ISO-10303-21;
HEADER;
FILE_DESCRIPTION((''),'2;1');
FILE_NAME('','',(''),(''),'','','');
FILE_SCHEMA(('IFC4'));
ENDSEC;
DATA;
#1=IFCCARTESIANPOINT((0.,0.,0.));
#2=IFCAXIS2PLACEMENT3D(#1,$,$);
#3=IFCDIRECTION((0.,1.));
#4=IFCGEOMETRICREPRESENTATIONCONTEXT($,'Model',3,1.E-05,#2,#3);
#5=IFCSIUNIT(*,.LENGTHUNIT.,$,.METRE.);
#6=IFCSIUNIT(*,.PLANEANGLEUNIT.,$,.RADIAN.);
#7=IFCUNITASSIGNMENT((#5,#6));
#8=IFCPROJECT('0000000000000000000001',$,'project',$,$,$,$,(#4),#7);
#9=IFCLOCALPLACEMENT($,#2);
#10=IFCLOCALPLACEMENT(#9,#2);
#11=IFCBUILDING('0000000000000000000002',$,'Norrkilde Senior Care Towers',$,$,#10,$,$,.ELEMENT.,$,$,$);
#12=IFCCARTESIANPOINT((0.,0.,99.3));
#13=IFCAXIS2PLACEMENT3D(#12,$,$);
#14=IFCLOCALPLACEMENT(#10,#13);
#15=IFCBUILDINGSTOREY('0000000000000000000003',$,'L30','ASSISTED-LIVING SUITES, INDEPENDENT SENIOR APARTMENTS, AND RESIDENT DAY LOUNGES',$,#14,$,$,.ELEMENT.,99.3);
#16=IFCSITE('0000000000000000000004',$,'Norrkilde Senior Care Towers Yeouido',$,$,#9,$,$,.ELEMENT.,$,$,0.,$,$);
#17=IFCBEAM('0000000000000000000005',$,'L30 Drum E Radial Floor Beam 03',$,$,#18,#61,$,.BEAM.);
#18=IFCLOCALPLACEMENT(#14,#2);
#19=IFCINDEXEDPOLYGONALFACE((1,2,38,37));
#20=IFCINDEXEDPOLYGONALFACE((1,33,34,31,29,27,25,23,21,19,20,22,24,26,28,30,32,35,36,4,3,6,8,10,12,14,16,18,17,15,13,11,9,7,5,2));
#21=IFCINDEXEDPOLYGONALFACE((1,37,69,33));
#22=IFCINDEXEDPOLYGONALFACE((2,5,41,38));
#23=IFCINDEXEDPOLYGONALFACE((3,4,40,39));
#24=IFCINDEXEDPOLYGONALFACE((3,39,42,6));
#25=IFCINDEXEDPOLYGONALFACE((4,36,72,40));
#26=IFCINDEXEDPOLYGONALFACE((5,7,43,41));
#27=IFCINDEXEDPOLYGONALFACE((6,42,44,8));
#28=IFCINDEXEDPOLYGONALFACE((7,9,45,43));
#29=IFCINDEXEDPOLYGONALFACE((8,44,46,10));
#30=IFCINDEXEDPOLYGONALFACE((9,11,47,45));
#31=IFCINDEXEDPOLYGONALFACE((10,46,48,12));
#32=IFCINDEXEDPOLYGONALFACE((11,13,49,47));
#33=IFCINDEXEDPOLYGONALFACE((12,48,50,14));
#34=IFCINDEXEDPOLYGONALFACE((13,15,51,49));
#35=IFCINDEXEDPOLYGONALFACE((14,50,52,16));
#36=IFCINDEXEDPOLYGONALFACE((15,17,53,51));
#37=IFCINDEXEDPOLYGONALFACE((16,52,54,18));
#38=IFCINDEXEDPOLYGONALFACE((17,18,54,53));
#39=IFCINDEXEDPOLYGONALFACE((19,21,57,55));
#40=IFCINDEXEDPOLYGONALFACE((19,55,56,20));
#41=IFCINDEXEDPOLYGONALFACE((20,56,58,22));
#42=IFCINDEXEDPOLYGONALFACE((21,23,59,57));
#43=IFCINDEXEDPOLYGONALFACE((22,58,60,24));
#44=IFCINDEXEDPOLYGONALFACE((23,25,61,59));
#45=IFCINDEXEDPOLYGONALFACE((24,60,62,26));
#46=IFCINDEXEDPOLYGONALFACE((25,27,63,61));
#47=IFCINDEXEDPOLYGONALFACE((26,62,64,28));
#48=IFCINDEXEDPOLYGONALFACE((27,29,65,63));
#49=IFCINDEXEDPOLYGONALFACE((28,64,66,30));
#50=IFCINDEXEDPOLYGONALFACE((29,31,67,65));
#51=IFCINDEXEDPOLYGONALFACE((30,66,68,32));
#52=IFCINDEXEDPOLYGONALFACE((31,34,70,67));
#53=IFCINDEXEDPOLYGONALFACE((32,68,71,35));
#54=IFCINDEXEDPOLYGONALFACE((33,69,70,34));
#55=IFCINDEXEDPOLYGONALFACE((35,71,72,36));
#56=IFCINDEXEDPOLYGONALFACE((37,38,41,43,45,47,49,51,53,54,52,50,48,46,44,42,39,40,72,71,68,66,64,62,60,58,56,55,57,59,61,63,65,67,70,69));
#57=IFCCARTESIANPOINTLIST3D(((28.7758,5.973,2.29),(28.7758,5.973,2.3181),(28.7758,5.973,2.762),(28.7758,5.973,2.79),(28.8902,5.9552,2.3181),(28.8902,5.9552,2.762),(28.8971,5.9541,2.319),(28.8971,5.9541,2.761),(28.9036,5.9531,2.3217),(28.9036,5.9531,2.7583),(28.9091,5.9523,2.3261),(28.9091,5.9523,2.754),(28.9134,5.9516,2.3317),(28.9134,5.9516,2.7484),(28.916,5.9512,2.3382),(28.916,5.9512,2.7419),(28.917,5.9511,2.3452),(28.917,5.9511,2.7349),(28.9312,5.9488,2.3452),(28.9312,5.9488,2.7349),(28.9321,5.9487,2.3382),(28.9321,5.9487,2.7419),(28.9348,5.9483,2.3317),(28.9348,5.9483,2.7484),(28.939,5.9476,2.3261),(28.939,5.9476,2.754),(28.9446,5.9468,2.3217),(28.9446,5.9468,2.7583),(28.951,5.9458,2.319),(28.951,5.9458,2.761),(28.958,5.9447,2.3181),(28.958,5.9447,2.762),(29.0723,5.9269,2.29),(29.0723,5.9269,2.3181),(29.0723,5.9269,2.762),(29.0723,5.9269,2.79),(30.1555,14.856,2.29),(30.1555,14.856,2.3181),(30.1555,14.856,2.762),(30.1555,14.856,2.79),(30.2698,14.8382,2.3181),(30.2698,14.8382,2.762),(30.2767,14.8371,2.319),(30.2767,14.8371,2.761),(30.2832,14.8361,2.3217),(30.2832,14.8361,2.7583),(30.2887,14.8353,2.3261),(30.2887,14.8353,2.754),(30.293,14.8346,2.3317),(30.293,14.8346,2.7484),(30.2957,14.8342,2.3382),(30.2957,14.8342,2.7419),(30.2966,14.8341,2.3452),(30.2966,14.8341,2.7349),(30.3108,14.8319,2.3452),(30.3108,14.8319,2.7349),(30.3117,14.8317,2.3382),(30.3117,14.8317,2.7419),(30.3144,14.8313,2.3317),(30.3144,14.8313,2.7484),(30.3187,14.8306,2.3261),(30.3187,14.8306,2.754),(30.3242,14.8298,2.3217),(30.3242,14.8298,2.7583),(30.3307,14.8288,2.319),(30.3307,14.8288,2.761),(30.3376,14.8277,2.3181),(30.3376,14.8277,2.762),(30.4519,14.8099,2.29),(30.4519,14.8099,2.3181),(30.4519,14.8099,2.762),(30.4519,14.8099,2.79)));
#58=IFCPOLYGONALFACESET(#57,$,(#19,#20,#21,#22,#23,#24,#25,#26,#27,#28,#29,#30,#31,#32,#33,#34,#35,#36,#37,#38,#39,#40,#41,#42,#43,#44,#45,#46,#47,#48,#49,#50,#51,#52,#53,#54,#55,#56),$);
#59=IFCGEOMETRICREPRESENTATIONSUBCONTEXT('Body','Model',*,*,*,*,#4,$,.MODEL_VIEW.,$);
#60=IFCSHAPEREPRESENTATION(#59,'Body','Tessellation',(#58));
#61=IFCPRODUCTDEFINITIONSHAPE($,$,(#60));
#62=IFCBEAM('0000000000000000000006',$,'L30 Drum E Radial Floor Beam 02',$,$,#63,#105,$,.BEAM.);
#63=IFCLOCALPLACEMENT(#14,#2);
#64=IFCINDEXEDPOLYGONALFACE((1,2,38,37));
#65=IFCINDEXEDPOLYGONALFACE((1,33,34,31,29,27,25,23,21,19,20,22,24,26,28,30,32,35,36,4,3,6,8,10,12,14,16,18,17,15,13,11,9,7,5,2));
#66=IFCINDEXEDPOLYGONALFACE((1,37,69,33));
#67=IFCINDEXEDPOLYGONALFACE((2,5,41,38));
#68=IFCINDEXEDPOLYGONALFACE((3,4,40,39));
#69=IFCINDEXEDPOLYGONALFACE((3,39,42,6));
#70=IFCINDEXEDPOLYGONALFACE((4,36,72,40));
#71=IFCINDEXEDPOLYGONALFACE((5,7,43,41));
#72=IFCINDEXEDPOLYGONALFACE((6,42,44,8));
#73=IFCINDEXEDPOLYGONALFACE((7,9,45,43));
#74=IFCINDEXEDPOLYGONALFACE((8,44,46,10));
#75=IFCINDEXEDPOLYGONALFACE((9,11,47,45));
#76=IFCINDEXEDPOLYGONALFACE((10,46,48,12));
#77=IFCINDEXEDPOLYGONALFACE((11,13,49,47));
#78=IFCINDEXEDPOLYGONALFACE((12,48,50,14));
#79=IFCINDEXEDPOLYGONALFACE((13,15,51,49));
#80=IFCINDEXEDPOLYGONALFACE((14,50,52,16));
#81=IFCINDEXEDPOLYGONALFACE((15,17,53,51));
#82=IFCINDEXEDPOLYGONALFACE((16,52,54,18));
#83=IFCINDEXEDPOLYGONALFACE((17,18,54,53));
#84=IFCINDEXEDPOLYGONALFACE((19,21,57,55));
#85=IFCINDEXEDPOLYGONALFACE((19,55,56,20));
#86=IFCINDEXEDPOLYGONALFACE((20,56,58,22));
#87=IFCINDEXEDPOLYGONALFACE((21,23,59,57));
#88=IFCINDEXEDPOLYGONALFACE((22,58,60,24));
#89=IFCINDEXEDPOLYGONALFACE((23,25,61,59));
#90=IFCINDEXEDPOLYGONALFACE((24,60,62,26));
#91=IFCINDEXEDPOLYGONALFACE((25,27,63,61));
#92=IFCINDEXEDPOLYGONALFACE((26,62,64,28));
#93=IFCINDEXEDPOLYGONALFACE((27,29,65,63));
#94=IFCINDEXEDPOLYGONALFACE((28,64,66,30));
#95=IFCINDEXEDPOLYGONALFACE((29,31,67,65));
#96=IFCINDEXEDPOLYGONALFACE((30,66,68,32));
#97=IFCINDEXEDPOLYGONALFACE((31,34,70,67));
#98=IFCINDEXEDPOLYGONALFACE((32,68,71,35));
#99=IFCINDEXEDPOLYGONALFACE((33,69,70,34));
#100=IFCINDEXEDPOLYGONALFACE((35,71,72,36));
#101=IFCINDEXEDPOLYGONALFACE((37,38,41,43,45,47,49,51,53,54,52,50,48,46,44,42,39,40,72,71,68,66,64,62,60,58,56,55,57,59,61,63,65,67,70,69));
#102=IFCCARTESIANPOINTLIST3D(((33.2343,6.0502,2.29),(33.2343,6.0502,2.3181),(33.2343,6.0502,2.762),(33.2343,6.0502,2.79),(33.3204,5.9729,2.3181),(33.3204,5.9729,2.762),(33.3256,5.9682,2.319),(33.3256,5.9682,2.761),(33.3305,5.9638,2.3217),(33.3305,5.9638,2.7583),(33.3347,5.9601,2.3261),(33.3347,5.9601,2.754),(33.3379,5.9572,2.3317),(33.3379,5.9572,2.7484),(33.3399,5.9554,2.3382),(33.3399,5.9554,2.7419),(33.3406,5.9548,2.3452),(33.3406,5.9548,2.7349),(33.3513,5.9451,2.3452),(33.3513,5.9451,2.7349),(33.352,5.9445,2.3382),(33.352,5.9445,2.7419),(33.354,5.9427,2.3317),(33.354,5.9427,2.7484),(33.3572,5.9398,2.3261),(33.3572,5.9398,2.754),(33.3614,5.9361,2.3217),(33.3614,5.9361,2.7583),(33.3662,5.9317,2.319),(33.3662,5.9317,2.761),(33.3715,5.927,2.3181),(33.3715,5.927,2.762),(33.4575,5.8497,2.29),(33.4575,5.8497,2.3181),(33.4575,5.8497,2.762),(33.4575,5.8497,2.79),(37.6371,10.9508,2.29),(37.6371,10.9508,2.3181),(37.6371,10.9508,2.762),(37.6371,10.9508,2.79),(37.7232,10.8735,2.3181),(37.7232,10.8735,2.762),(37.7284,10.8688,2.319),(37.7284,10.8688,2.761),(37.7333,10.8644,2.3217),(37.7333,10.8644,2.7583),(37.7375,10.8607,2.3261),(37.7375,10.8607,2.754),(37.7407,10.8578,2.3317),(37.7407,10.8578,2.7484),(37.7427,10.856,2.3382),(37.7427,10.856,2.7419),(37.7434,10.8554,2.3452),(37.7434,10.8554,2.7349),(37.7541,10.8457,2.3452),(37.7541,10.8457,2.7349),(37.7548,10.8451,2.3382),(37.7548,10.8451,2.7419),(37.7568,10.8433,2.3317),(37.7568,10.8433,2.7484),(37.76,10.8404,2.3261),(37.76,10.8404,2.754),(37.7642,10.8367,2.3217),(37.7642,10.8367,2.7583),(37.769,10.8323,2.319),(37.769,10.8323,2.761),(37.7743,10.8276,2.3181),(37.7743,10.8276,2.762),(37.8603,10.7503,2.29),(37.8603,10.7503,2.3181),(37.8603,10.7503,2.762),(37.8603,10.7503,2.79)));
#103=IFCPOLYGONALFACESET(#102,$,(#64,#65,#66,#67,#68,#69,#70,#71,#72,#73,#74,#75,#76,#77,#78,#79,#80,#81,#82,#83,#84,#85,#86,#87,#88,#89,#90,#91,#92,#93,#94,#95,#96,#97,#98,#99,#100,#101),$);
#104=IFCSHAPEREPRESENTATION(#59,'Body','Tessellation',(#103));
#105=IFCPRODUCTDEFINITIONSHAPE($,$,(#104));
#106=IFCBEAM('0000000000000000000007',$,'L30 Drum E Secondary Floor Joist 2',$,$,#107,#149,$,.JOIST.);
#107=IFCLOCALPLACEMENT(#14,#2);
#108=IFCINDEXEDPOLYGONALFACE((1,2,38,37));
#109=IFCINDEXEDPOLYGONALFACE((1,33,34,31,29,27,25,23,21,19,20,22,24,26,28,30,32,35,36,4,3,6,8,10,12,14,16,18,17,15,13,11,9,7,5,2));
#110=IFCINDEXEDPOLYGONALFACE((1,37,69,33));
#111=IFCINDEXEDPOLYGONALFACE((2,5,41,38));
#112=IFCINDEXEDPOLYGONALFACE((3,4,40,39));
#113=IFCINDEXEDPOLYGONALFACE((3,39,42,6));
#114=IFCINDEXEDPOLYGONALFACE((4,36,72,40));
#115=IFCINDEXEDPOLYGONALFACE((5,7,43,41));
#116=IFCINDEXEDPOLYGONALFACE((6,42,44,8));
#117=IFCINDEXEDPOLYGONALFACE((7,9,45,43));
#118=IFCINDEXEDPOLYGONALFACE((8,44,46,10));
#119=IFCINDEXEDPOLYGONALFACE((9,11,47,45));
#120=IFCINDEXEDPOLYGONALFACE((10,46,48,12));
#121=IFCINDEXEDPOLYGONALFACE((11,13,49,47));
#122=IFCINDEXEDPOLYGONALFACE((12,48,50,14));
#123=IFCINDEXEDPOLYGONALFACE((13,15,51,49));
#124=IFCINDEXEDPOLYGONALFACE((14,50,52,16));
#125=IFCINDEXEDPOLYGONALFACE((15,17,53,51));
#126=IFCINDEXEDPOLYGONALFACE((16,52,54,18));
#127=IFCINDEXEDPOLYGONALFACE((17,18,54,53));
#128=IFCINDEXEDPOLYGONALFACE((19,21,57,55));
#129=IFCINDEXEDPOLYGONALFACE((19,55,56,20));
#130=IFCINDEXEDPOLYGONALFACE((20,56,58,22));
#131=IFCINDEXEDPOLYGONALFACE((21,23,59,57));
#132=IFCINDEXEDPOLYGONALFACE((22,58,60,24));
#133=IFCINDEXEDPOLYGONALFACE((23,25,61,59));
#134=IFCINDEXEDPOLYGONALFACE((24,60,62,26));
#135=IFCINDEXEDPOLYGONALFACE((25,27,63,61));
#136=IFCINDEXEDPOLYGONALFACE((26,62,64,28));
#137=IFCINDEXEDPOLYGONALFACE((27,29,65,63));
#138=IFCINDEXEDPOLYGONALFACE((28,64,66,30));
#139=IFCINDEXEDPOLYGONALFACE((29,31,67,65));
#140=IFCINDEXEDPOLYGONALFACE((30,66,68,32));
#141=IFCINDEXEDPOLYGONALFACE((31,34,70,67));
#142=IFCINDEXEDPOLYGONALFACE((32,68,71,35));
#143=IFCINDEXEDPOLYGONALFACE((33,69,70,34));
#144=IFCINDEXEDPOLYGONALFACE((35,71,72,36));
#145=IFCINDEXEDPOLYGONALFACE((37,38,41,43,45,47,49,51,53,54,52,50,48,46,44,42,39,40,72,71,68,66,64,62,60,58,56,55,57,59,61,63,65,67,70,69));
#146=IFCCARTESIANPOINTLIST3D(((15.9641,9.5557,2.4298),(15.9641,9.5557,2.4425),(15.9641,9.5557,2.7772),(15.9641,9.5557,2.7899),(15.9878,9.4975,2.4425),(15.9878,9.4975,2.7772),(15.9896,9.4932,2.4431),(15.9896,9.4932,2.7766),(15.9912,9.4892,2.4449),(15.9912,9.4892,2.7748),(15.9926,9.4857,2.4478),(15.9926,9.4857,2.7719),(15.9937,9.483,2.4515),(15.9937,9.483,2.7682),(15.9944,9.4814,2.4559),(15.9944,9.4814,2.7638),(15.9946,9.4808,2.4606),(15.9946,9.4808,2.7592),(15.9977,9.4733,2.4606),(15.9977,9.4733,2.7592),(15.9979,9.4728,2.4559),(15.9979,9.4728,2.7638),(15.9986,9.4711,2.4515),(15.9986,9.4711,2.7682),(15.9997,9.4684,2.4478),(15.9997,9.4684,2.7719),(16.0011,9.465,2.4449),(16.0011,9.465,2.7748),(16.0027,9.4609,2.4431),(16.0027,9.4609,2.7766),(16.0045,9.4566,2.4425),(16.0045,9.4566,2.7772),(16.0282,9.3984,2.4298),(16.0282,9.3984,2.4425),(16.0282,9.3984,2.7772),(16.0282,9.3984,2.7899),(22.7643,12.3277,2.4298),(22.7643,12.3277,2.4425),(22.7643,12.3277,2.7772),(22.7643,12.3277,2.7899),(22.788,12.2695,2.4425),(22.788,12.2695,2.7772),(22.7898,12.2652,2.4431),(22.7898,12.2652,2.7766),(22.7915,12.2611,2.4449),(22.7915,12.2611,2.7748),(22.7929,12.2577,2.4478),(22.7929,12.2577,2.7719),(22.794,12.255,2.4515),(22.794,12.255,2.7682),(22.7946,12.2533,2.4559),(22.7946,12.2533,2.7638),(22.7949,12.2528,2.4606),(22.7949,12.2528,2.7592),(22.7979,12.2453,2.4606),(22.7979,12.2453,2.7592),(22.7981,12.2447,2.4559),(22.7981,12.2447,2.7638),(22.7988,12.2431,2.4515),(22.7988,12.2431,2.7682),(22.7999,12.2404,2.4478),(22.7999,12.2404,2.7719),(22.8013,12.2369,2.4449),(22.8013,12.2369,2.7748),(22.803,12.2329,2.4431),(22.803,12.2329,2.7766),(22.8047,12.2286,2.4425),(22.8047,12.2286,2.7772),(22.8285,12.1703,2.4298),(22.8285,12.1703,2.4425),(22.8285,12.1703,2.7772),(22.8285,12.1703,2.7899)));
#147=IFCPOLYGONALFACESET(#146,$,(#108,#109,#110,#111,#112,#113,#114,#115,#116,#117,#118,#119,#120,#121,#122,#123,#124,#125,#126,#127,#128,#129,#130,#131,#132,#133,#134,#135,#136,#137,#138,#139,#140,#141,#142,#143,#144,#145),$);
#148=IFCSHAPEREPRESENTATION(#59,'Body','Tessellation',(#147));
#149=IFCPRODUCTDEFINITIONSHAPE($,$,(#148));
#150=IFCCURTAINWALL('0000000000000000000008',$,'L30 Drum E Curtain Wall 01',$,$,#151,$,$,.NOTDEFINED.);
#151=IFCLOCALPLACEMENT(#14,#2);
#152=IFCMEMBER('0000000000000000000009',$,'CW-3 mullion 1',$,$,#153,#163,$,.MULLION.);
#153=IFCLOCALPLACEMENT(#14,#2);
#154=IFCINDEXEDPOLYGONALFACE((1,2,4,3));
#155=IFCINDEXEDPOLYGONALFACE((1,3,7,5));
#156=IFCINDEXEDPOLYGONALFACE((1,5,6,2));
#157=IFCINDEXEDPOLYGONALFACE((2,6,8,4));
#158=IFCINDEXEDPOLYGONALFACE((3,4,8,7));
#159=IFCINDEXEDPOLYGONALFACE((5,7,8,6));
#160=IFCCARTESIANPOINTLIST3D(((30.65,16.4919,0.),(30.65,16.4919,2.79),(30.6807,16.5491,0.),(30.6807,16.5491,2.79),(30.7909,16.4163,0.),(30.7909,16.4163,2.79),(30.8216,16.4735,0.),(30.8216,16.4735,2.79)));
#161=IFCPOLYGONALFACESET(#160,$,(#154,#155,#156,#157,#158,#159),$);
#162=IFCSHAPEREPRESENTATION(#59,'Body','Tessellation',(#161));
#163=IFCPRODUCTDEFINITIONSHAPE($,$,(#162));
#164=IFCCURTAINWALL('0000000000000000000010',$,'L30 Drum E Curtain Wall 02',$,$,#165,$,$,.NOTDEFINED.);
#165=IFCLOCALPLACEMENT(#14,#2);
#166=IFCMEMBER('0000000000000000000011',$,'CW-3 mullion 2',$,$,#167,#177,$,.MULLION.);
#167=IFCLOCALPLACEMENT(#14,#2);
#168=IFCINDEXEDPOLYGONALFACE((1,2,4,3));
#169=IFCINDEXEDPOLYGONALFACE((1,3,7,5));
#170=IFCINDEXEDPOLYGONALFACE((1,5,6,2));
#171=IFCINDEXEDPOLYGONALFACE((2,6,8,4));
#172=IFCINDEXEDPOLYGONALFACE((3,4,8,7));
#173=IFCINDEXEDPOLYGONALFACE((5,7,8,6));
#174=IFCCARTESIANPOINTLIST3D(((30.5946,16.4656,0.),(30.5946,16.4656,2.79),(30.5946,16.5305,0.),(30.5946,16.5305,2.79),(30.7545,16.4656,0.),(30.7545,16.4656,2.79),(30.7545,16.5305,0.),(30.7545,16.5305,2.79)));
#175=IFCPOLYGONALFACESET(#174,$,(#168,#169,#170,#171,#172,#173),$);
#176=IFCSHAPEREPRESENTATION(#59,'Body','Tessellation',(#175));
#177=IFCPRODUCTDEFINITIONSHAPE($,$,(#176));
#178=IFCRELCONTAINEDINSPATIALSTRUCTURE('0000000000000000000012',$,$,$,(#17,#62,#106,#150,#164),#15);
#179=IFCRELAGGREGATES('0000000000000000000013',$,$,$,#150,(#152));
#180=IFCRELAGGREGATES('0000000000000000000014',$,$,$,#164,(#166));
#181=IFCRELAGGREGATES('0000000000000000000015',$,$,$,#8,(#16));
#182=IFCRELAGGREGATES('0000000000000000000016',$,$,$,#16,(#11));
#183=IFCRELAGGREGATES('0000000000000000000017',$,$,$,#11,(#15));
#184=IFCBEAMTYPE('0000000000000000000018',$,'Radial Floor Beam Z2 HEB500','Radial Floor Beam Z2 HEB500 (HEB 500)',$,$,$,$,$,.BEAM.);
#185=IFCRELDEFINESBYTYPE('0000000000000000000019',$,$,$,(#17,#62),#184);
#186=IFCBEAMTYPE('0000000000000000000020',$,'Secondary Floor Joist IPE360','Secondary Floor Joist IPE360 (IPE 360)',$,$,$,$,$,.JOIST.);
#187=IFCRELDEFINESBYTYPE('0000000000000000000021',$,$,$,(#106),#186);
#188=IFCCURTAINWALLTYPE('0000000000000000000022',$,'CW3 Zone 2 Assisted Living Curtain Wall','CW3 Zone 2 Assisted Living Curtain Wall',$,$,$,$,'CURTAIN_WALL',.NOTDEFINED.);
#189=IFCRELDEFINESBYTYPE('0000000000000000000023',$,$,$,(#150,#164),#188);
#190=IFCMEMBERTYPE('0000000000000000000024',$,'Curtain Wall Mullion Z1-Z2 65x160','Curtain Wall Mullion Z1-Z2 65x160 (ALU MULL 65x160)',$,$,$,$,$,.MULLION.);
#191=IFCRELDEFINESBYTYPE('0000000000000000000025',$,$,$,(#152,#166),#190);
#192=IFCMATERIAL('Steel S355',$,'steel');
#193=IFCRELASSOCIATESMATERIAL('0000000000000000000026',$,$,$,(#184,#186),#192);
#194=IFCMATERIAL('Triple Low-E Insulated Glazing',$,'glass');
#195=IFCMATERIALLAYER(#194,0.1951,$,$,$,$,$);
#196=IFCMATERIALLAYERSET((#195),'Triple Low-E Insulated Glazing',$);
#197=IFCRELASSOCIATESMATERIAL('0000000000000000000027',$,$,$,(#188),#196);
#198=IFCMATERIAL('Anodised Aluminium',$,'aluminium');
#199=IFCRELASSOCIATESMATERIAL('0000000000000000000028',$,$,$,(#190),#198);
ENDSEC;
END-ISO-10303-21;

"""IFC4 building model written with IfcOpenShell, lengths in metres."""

from ifc_helpers import new_model, si_unit, direction, frame, origin, origin_2d, place, context, subcontext, project, spatial, rectangle, i_section, extrude, source, transform, mapped, material, layer, layer_set, material_profile, profile_set, type_object, type_shapes, element, aggregate, save


model = new_model("IFC4")

# Units and contexts
model_context = context("Model", 3, precision=1e-05, world=origin(), true_north=direction((0.0, 1.0)))
body_context = subcontext(model_context, "Body", "Model", "MODEL_VIEW")
ifc_project = project(units=[si_unit("LENGTHUNIT", "METRE"), si_unit("PLANEANGLEUNIT", "RADIAN")], contexts=[model_context])

# Site, building, storey
site_placement = place(None, origin())
site = spatial("IfcSite", under=ifc_project, at=site_placement, Name="Norrkilde Senior Care Towers Yeouido", CompositionType="ELEMENT", RefElevation=0.0)
building_placement = place(site_placement, origin())
building = spatial("IfcBuilding", under=site, at=building_placement, Name="Norrkilde Senior Care Towers", CompositionType="ELEMENT")
storey_placement = place(building_placement, frame((0.0, 0.0, 99.3)))
storey = spatial("IfcBuildingStorey", under=building, at=storey_placement, Name="L30", Description="ASSISTED-LIVING SUITES, INDEPENDENT SENIOR APARTMENTS, AND RESIDENT DAY LOUNGES", CompositionType="ELEMENT", Elevation=99.3)

# Beams
ifc_material_1 = material(Name="Steel S355", Category="steel")
ifc_material_profile_1 = material_profile(ifc_material_1, i_section(OverallWidth=0.3, OverallDepth=0.5, WebThickness=0.0144, FlangeThickness=0.0281, FilletRadius=0.0271, at=origin_2d()), Name="HEB 500")
ifc_profile_set_1 = profile_set([ifc_material_profile_1], Name="Steel S355")
beam_type_1 = type_object("IfcBeamType", Name="Radial Floor Beam Z2 HEB500", Description="Radial Floor Beam Z2 HEB500 (HEB 500)", PredefinedType="BEAM", material=ifc_profile_set_1)
shared_shape_1 = source(origin(), body_context, "Body", "SweptSolid", [
    extrude(i_section(OverallWidth=0.3, OverallDepth=0.5, WebThickness=0.0144, FlangeThickness=0.0281, FilletRadius=0.0271, at=origin_2d()), origin(), (0.0, 0.0, 1.0), 8.9895),
])
beam_1_placement = place(storey_placement, frame((28.9241, 5.95, 2.54), z_axis=(0.153471, 0.988153, 0.0), x_axis=(-0.988153, 0.153471, 0.0)))
element("IfcBeam", 1, at=beam_1_placement, inside=storey, type_object=beam_type_1, Name="L30 Drum E Radial Floor Beam 03", PredefinedType="BEAM", context=body_context, shape_type="MappedRepresentation", body=[
    mapped(shared_shape_1, transform((0.0, 0.0, 0.0), x_axis=(1.0, 0.0, 0.0), y_axis=(0.0, 1.0, 0.0), z_axis=(0.0, 0.0, 1.0), scale=1.0)),
])
shared_shape_2 = source(origin(), body_context, "Body", "SweptSolid", [
    extrude(i_section(OverallWidth=0.3, OverallDepth=0.5, WebThickness=0.0144, FlangeThickness=0.0281, FilletRadius=0.0271, at=origin_2d()), origin(), (0.0, 0.0, 1.0), 6.5879),
])
beam_2_placement = place(storey_placement, frame((33.3459, 5.95, 2.54), z_axis=(0.668315, 0.743878, 0.0), x_axis=(-0.743878, 0.668315, 0.0)))
element("IfcBeam", 2, at=beam_2_placement, inside=storey, type_object=beam_type_1, Name="L30 Drum E Radial Floor Beam 02", PredefinedType="BEAM", context=body_context, shape_type="MappedRepresentation", body=[
    mapped(shared_shape_2, transform((0.0, 0.0, 0.0), x_axis=(1.0, 0.0, 0.0), y_axis=(0.0, 1.0, 0.0), z_axis=(0.0, 0.0, 1.0), scale=1.0)),
])
ifc_material_profile_2 = material_profile(ifc_material_1, i_section(OverallWidth=0.1699, OverallDepth=0.3601, WebThickness=0.0081, FlangeThickness=0.0127, FilletRadius=0.0181, at=origin_2d()), Name="IPE 360")
ifc_profile_set_2 = profile_set([ifc_material_profile_2], Name="Steel S355")
beam_type_2 = type_object("IfcBeamType", Name="Secondary Floor Joist IPE360", Description="Secondary Floor Joist IPE360 (IPE 360)", PredefinedType="JOIST", material=ifc_profile_set_2)
shared_shape_3 = source(origin(), body_context, "Body", "SweptSolid", [
    extrude(i_section(OverallWidth=0.1699, OverallDepth=0.3601, WebThickness=0.0081, FlangeThickness=0.0127, FilletRadius=0.0181, at=origin_2d()), origin(), (0.0, 0.0, 1.0), 7.3435),
])
type_shapes(beam_type_2, [shared_shape_3])
beam_3_placement = place(storey_placement, frame((22.7964, 12.249, 2.6099), z_axis=(-0.926022, -0.37747, 0.0), x_axis=(0.37747, -0.926022, 0.0)))
element("IfcBeam", 3, at=beam_3_placement, inside=storey, type_object=beam_type_2, Name="L30 Drum E Secondary Floor Joist 2", PredefinedType="JOIST", context=body_context, shape_type="MappedRepresentation", body=[
    mapped(shared_shape_3, transform((0.0, 0.0, 0.0), x_axis=(1.0, 0.0, 0.0), y_axis=(0.0, 1.0, 0.0), z_axis=(0.0, 0.0, 1.0), scale=1.0)),
])

# Curtain walls, members
ifc_material_2 = material(Name="Triple Low-E Insulated Glazing", Category="glass")
ifc_layer_1 = layer(ifc_material_2, 0.1951)
ifc_layer_set_1 = layer_set([ifc_layer_1], Name="Triple Low-E Insulated Glazing")
curtain_wall_type = type_object("IfcCurtainWallType", Name="CW3 Zone 2 Assisted Living Curtain Wall", Description="CW3 Zone 2 Assisted Living Curtain Wall", ElementType="CURTAIN_WALL", PredefinedType="NOTDEFINED", material=ifc_layer_set_1)
curtain_wall_1_placement = place(storey_placement, origin())
curtain_wall_1 = element("IfcCurtainWall", 4, at=curtain_wall_1_placement, inside=storey, type_object=curtain_wall_type, Name="L30 Drum E Curtain Wall 01", PredefinedType="NOTDEFINED")
ifc_material_3 = material(Name="Anodised Aluminium", Category="aluminium")
ifc_material_profile_3 = material_profile(ifc_material_3, rectangle(XDim=0.0649, YDim=0.1599, at=origin_2d()), Name="ALU MULL 65x160")
ifc_profile_set_3 = profile_set([ifc_material_profile_3], Name="Anodised Aluminium")
member_type_1 = type_object("IfcMemberType", Name="Curtain Wall Mullion Z1-Z2 65x160", Description="Curtain Wall Mullion Z1-Z2 65x160 (ALU MULL 65x160)", PredefinedType="MULLION", material=ifc_profile_set_3)
shared_shape_4 = source(origin(), body_context, "Body", "SweptSolid", [
    extrude(rectangle(XDim=0.0649, YDim=0.1599, at=origin_2d()), origin(), (0.0, 0.0, 1.0), 2.79),
])
type_shapes(member_type_1, [shared_shape_4])
member_1_placement = place(storey_placement, frame((30.7358, 16.4827, 0.0), z_axis=(0.0, 0.0, 1.0), x_axis=(0.472769, 0.881186, 0.0)))
member_1 = element("IfcMember", 5, at=member_1_placement, type_object=member_type_1, Name="CW-3 mullion 1", PredefinedType="MULLION", context=body_context, shape_type="MappedRepresentation", body=[
    mapped(shared_shape_4, transform((0.0, 0.0, 0.0), x_axis=(1.0, 0.0, 0.0), y_axis=(0.0, 1.0, 0.0), z_axis=(0.0, 0.0, 1.0), scale=1.0)),
])
curtain_wall_2_placement = place(storey_placement, origin())
curtain_wall_2 = element("IfcCurtainWall", 6, at=curtain_wall_2_placement, inside=storey, type_object=curtain_wall_type, Name="L30 Drum E Curtain Wall 02", PredefinedType="NOTDEFINED")
member_2_placement = place(storey_placement, frame((30.6746, 16.498, 0.0), z_axis=(0.0, 0.0, 1.0), x_axis=(0.0, 1.0, 0.0)))
member_2 = element("IfcMember", 7, at=member_2_placement, type_object=member_type_1, Name="CW-3 mullion 2", PredefinedType="MULLION", context=body_context, shape_type="MappedRepresentation", body=[
    mapped(shared_shape_4, transform((0.0, 0.0, 0.0), x_axis=(1.0, 0.0, 0.0), y_axis=(0.0, 1.0, 0.0), z_axis=(0.0, 0.0, 1.0), scale=1.0)),
])

aggregate(curtain_wall_1, [member_1])
aggregate(curtain_wall_2, [member_2])

save(model, "model.ifc")
